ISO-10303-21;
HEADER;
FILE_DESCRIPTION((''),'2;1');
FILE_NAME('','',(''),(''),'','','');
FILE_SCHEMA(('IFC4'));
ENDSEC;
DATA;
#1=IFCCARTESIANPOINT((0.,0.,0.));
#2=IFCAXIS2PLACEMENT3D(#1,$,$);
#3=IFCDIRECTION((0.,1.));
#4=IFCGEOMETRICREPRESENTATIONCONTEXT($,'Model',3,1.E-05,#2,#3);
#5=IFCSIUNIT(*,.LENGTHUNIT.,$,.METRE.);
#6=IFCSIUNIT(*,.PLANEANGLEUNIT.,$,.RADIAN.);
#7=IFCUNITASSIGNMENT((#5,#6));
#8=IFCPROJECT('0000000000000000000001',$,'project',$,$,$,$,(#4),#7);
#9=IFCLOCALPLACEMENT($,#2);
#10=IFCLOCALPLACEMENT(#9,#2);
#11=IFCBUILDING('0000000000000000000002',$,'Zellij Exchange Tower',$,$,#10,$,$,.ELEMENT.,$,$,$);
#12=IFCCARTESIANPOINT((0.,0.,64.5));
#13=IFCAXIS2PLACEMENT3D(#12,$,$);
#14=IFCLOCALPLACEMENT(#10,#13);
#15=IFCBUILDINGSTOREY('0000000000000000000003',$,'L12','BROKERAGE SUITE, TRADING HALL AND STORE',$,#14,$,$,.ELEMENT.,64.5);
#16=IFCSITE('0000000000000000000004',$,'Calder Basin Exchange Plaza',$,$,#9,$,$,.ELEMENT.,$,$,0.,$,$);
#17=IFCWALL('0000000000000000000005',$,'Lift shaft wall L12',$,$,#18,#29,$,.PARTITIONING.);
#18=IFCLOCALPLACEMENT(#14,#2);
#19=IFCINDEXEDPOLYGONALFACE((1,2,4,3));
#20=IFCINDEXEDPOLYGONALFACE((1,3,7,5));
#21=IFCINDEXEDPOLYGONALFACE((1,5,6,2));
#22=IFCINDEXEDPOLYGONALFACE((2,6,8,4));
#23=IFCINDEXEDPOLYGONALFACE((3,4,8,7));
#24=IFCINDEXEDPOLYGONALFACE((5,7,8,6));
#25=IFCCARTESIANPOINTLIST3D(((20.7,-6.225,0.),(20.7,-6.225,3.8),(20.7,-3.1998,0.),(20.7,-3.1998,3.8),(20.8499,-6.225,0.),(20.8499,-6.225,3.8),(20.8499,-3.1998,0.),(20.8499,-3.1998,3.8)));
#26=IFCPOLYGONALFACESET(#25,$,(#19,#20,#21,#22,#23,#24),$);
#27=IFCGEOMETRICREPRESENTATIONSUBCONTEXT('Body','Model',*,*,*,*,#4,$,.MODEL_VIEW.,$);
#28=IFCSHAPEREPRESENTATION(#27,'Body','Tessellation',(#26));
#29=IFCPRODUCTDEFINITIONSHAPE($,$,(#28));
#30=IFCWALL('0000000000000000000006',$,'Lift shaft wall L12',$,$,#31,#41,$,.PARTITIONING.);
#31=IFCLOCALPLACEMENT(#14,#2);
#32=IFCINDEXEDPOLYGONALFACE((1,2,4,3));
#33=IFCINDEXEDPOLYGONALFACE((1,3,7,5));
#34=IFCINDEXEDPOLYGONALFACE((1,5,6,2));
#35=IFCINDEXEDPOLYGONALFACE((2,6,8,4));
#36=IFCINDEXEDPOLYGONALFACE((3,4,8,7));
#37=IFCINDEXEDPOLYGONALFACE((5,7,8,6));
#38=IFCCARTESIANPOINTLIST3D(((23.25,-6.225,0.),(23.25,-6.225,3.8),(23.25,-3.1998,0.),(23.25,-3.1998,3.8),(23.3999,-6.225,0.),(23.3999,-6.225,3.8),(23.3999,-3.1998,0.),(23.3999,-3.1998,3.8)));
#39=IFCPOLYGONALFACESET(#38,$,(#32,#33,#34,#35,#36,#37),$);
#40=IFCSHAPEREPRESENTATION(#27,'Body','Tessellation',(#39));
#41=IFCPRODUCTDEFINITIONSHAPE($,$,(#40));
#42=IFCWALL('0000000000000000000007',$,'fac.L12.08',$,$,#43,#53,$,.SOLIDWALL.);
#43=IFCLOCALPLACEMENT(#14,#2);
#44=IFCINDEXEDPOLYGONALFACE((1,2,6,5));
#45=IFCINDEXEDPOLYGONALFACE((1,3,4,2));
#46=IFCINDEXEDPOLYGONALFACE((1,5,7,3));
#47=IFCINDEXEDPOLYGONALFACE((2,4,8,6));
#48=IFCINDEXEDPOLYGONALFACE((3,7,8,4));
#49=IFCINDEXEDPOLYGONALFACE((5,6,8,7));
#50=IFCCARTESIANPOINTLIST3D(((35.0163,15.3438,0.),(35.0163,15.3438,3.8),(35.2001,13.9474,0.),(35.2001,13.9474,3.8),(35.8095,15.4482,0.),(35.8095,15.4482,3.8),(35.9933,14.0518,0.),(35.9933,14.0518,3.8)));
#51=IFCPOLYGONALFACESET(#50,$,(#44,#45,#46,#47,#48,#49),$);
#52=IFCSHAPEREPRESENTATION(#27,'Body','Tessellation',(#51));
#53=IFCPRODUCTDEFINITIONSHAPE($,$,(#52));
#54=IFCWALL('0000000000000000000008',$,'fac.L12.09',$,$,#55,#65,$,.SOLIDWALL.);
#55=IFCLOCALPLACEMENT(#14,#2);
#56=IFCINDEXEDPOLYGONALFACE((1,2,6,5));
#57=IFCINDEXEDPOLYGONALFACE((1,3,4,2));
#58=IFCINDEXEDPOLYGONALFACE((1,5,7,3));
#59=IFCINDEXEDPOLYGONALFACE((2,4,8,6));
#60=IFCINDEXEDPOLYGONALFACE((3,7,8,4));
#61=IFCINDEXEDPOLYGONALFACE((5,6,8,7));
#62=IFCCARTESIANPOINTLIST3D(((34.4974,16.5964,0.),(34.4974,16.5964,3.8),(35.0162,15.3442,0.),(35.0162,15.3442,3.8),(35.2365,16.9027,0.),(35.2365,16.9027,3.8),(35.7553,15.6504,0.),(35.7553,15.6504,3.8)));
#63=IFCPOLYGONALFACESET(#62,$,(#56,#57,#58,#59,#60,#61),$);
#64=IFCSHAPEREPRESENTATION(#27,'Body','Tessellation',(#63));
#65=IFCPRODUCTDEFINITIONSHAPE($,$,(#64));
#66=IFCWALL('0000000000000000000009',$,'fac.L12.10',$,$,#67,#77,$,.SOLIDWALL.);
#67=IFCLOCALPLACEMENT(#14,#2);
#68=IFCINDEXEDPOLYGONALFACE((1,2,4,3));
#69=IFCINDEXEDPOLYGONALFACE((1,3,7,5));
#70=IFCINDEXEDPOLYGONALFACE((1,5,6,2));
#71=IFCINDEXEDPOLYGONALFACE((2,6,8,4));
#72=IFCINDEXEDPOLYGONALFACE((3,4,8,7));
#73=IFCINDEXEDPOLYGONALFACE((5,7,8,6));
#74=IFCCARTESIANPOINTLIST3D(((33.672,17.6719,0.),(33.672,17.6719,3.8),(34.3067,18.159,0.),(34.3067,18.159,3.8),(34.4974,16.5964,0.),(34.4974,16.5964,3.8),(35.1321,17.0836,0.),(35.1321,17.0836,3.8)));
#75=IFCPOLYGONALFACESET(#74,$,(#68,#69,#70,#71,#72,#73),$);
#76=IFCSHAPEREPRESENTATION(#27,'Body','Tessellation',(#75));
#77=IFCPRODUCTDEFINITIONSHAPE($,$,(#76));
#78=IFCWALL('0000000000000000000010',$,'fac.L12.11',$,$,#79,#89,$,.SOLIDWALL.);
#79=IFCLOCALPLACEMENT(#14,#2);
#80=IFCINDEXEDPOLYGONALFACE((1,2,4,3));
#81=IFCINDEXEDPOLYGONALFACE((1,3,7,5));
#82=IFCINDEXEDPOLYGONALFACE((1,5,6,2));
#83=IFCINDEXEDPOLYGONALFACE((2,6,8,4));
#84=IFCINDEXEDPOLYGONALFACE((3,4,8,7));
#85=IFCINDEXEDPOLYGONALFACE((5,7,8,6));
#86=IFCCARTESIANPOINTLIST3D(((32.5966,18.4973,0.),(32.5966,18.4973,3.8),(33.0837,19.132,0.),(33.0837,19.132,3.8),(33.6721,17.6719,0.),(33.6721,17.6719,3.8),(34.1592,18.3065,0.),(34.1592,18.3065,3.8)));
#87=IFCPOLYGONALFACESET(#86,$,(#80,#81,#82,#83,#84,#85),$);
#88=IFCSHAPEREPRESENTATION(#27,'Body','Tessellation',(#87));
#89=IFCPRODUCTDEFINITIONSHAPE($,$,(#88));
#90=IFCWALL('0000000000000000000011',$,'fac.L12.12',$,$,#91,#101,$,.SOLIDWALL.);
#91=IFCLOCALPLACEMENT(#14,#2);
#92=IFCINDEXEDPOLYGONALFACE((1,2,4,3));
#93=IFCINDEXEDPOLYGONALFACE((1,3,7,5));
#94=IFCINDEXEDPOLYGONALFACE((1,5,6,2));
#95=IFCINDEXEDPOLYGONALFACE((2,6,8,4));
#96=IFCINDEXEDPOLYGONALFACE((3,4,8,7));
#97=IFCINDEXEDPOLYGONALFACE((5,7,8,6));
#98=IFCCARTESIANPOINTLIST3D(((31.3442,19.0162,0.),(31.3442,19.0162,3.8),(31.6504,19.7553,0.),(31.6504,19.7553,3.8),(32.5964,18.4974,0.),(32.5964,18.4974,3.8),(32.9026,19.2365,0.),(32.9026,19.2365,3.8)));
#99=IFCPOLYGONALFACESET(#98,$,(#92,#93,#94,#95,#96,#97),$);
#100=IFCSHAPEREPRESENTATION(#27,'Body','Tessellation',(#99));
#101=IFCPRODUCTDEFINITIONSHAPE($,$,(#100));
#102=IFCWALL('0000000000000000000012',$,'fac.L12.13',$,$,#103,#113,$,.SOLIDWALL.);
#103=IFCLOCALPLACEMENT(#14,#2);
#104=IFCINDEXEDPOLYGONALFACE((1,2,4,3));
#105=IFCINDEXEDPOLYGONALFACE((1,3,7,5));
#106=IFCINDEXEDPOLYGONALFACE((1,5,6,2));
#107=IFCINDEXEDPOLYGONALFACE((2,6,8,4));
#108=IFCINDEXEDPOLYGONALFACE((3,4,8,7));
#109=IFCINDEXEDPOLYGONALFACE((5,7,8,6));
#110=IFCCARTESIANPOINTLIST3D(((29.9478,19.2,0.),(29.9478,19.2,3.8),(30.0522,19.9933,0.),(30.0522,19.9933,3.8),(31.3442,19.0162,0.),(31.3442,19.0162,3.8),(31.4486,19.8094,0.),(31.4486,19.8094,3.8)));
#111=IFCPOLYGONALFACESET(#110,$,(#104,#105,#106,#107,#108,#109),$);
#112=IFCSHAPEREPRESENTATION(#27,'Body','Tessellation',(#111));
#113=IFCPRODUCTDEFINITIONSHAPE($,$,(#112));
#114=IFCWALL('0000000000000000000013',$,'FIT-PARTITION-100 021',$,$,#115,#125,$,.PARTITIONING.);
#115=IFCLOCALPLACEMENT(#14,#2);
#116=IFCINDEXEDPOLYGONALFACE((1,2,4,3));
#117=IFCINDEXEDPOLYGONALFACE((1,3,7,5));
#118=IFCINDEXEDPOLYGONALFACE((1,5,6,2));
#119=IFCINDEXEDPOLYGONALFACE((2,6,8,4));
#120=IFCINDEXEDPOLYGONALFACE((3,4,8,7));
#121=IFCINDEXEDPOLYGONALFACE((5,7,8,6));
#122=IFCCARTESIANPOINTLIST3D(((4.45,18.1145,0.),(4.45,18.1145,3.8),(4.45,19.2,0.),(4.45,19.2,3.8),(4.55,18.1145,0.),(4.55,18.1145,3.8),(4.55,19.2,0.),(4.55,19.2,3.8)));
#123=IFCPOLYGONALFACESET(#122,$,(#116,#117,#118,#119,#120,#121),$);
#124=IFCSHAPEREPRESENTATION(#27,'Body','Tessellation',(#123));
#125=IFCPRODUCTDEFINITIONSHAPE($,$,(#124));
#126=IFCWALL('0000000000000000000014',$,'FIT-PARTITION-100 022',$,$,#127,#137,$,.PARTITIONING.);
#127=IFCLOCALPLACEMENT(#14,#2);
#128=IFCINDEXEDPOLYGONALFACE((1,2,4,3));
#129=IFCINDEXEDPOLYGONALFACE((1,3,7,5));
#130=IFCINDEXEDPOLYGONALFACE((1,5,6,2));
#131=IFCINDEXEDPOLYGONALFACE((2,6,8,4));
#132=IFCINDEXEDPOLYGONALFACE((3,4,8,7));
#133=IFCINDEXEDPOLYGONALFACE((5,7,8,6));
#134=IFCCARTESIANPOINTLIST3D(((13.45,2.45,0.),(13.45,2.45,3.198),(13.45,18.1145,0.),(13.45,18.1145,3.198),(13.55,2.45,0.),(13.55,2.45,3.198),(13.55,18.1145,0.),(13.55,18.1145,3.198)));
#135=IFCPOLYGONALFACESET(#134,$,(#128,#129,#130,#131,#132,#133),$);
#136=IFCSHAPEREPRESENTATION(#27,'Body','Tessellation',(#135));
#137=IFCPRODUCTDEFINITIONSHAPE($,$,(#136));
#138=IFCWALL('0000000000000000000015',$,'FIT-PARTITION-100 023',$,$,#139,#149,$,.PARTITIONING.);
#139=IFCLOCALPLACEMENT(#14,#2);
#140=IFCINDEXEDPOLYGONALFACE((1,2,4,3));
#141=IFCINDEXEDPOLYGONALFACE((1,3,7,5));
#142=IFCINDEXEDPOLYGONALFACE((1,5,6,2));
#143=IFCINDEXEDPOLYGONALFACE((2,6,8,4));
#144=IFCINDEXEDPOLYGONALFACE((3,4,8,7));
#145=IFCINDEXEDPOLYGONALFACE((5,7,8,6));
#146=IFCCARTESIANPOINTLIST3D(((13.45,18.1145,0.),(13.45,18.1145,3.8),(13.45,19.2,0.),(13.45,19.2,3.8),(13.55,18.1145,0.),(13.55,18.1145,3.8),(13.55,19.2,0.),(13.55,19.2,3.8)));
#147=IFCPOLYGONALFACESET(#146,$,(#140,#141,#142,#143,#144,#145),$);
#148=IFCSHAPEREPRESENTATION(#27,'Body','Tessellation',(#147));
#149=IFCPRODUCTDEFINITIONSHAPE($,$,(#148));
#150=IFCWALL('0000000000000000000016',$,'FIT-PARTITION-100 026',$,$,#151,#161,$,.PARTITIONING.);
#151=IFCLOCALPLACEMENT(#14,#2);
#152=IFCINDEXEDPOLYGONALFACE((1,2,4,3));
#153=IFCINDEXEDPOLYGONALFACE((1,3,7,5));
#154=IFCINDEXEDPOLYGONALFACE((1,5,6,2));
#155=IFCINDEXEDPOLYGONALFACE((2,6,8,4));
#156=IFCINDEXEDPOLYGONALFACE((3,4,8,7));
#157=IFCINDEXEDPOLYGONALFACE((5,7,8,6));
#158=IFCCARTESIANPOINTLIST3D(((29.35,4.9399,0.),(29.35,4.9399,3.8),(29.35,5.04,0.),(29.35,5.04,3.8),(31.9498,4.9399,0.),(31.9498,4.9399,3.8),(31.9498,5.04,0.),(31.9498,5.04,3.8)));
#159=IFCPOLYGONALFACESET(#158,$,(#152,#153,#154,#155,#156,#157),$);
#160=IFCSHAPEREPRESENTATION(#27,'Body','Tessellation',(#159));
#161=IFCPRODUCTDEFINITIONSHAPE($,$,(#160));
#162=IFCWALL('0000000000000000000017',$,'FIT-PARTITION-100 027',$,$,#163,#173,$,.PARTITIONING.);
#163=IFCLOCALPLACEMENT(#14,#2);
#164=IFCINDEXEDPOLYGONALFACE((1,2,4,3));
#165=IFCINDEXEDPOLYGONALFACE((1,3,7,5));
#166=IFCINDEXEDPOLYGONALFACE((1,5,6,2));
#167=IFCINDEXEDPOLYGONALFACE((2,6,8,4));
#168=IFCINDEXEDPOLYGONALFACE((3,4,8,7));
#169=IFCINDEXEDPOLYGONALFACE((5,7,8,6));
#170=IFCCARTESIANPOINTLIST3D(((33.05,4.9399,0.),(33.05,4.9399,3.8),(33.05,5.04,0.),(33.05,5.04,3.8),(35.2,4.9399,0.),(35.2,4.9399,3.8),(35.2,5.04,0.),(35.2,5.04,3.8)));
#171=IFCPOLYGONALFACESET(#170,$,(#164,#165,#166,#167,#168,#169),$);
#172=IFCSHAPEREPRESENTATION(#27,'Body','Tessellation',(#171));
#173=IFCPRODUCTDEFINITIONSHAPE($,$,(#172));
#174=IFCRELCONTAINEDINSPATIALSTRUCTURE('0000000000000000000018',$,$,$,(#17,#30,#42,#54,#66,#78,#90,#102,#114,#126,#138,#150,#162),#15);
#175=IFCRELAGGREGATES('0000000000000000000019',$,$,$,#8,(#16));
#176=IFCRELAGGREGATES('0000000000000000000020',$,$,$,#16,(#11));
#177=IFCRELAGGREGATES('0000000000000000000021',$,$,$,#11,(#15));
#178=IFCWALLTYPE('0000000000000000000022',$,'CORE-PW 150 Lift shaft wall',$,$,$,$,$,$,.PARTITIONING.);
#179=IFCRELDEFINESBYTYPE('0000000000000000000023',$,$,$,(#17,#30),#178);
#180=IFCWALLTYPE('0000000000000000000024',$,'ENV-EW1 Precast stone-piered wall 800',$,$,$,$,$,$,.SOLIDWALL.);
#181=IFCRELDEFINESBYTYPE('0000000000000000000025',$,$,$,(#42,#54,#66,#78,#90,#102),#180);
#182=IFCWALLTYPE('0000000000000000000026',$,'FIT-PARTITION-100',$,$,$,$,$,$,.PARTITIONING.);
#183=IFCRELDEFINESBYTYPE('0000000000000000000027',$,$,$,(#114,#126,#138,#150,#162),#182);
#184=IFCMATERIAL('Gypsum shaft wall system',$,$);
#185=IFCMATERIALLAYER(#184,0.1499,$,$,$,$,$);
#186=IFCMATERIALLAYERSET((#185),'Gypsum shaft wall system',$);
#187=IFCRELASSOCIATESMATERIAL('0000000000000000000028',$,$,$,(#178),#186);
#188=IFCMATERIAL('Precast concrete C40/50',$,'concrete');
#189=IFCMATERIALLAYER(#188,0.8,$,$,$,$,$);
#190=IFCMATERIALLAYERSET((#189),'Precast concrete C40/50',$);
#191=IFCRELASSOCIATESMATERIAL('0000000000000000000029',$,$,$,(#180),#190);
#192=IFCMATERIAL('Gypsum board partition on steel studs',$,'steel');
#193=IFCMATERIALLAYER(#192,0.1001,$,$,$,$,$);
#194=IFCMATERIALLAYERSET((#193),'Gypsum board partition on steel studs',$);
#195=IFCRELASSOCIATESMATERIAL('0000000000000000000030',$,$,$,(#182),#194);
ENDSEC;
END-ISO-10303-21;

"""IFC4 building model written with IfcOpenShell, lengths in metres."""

from ifc_helpers import new_model, si_unit, direction, frame, frame_2d, origin, place, context, subcontext, project, spatial, rectangle, extrude, material, layer, layer_set, type_object, element, save


model = new_model("IFC4")

# Units and contexts
model_context = context("Model", 3, precision=1e-05, world=origin(), true_north=direction((0.0, 1.0)))
body_context = subcontext(model_context, "Body", "Model", "MODEL_VIEW")
ifc_project = project(units=[si_unit("LENGTHUNIT", "METRE"), si_unit("PLANEANGLEUNIT", "RADIAN")], contexts=[model_context])

# Site, building, storey
site_placement = place(None, origin())
site = spatial("IfcSite", under=ifc_project, at=site_placement, Name="Calder Basin Exchange Plaza", CompositionType="ELEMENT", RefElevation=0.0)
building_placement = place(site_placement, origin())
building = spatial("IfcBuilding", under=site, at=building_placement, Name="Zellij Exchange Tower", CompositionType="ELEMENT")
storey_placement = place(building_placement, frame((0.0, 0.0, 64.5)))
storey = spatial("IfcBuildingStorey", under=building, at=storey_placement, Name="L12", Description="BROKERAGE SUITE, TRADING HALL AND STORE", CompositionType="ELEMENT", Elevation=64.5)

# Walls
ifc_material_1 = material(Name="Gypsum shaft wall system")
ifc_layer_1 = layer(ifc_material_1, 0.1499)
ifc_layer_set_1 = layer_set([ifc_layer_1], Name="Gypsum shaft wall system")
wall_type_1 = type_object("IfcWallType", Name="CORE-PW 150 Lift shaft wall", PredefinedType="PARTITIONING", material=ifc_layer_set_1)
for number, where, z_axis, x_axis, name in (
    (1, (20.7749, -6.2251, 0.0), (0.0, 0.0, 1.0), (0.0, 1.0, 0.0), "Lift shaft wall L12"),
    (2, (23.325, -6.2251, 0.0), (0.0, 0.0, 1.0), (0.0, 1.0, 0.0), "Lift shaft wall L12"),
):
    element("IfcWall", number, at=place(storey_placement, frame(where, z_axis=z_axis, x_axis=x_axis)), inside=storey, type_object=wall_type_1, Name=name, PredefinedType="PARTITIONING", context=body_context, shape_type="SweptSolid", body=[
        extrude(rectangle(XDim=3.0251, YDim=0.1499, at=frame_2d((1.5127, 0.0))), origin(), (0.0, 0.0, 1.0), 3.8),
    ])
ifc_material_2 = material(Name="Precast concrete C40/50", Category="concrete")
ifc_layer_2 = layer(ifc_material_2, 0.8)
ifc_layer_set_2 = layer_set([ifc_layer_2], Name="Precast concrete C40/50")
wall_type_2 = type_object("IfcWallType", Name="ENV-EW1 Precast stone-piered wall 800", PredefinedType="SOLIDWALL", material=ifc_layer_set_2)
wall_1_placement = place(storey_placement, frame((35.5967, 13.9998, 0.0), z_axis=(0.0, 0.0, 1.0), x_axis=(-0.130517, 0.991446, 0.0)))
element("IfcWall", 3, at=wall_1_placement, inside=storey, type_object=wall_type_2, Name="fac.L12.08", PredefinedType="SOLIDWALL", context=body_context, shape_type="SweptSolid", body=[
    extrude(rectangle(XDim=1.4084, YDim=0.8, at=frame_2d((0.7041, 0.0))), origin(), (0.0, 0.0, 1.0), 3.8),
])
wall_2_placement = place(storey_placement, frame((35.3857, 15.4973, 0.0), z_axis=(0.0, 0.0, 1.0), x_axis=(-0.38276, 0.923848, 0.0)))
element("IfcWall", 4, at=wall_2_placement, inside=storey, type_object=wall_type_2, Name="fac.L12.09", PredefinedType="SOLIDWALL", context=body_context, shape_type="SweptSolid", body=[
    extrude(rectangle(XDim=1.3555, YDim=0.8, at=frame_2d((0.6777, 0.0))), origin(), (0.0, 0.0, 1.0), 3.8),
])
for number, where, z_axis, x_axis, name in (
    (5, (34.8147, 16.8401, 0.0), (0.0, 0.0, 1.0), (-0.608866, 0.793273, 0.0), "fac.L12.10"),
    (6, (33.9155, 17.9893, 0.0), (0.0, 0.0, 1.0), (-0.793273, 0.608866, 0.0), "fac.L12.11"),
):
    element("IfcWall", number, at=place(storey_placement, frame(where, z_axis=z_axis, x_axis=x_axis)), inside=storey, type_object=wall_type_2, Name=name, PredefinedType="SOLIDWALL", context=body_context, shape_type="SweptSolid", body=[
        extrude(rectangle(XDim=1.3557, YDim=0.8, at=frame_2d((0.6777, 0.0))), origin(), (0.0, 0.0, 1.0), 3.8),
    ])
wall_3_placement = place(storey_placement, frame((32.7495, 18.8669, 0.0), z_axis=(0.0, 0.0, 1.0), x_axis=(-0.923848, 0.38276, 0.0)))
element("IfcWall", 7, at=wall_3_placement, inside=storey, type_object=wall_type_2, Name="fac.L12.12", PredefinedType="SOLIDWALL", context=body_context, shape_type="SweptSolid", body=[
    extrude(rectangle(XDim=1.3555, YDim=0.8, at=frame_2d((0.6777, 0.0))), origin(), (0.0, 0.0, 1.0), 3.8),
])
wall_4_placement = place(storey_placement, frame((31.3962, 19.4128, 0.0), z_axis=(0.0, 0.0, 1.0), x_axis=(-0.991446, 0.130517, 0.0)))
element("IfcWall", 8, at=wall_4_placement, inside=storey, type_object=wall_type_2, Name="fac.L12.13", PredefinedType="SOLIDWALL", context=body_context, shape_type="SweptSolid", body=[
    extrude(rectangle(XDim=1.4084, YDim=0.8, at=frame_2d((0.7041, 0.0))), origin(), (0.0, 0.0, 1.0), 3.8),
])
ifc_material_3 = material(Name="Gypsum board partition on steel studs", Category="steel")
ifc_layer_3 = layer(ifc_material_3, 0.1001)
ifc_layer_set_3 = layer_set([ifc_layer_3], Name="Gypsum board partition on steel studs")
wall_type_3 = type_object("IfcWallType", Name="FIT-PARTITION-100", PredefinedType="PARTITIONING", material=ifc_layer_set_3)
wall_5_placement = place(storey_placement, frame((4.5, 18.1145, 0.0), z_axis=(0.0, 0.0, 1.0), x_axis=(0.0, 1.0, 0.0)))
element("IfcWall", 9, at=wall_5_placement, inside=storey, type_object=wall_type_3, Name="FIT-PARTITION-100 021", PredefinedType="PARTITIONING", context=body_context, shape_type="SweptSolid", body=[
    extrude(rectangle(XDim=1.0854, YDim=0.1001, at=frame_2d((0.5427, 0.0))), origin(), (0.0, 0.0, 1.0), 3.8),
])
wall_6_placement = place(storey_placement, frame((13.5, 2.45, 0.0), z_axis=(0.0, 0.0, 1.0), x_axis=(0.0, 1.0, 0.0)))
element("IfcWall", 10, at=wall_6_placement, inside=storey, type_object=wall_type_3, Name="FIT-PARTITION-100 022", PredefinedType="PARTITIONING", context=body_context, shape_type="SweptSolid", body=[
    extrude(rectangle(XDim=15.6646, YDim=0.1001, at=frame_2d((7.8323, 0.0))), origin(), (0.0, 0.0, 1.0), 3.198),
])
wall_7_placement = place(storey_placement, frame((13.5, 18.1145, 0.0), z_axis=(0.0, 0.0, 1.0), x_axis=(0.0, 1.0, 0.0)))
element("IfcWall", 11, at=wall_7_placement, inside=storey, type_object=wall_type_3, Name="FIT-PARTITION-100 023", PredefinedType="PARTITIONING", context=body_context, shape_type="SweptSolid", body=[
    extrude(rectangle(XDim=1.0854, YDim=0.1001, at=frame_2d((0.5427, 0.0))), origin(), (0.0, 0.0, 1.0), 3.8),
])
wall_8_placement = place(storey_placement, frame((29.3501, 4.99, 0.0), z_axis=(0.0, 0.0, 1.0), x_axis=(1.0, 0.0, 0.0)))
element("IfcWall", 12, at=wall_8_placement, inside=storey, type_object=wall_type_3, Name="FIT-PARTITION-100 026", PredefinedType="PARTITIONING", context=body_context, shape_type="SweptSolid", body=[
    extrude(rectangle(XDim=2.5999, YDim=0.1001, at=frame_2d((1.2998, 0.0))), origin(), (0.0, 0.0, 1.0), 3.8),
])
wall_9_placement = place(storey_placement, frame((33.05, 4.99, 0.0), z_axis=(0.0, 0.0, 1.0), x_axis=(1.0, 0.0, 0.0)))
element("IfcWall", 13, at=wall_9_placement, inside=storey, type_object=wall_type_3, Name="FIT-PARTITION-100 027", PredefinedType="PARTITIONING", context=body_context, shape_type="SweptSolid", body=[
    extrude(rectangle(XDim=2.1499, YDim=0.1001, at=frame_2d((1.075, 0.0))), origin(), (0.0, 0.0, 1.0), 3.8),
])

save(model, "model.ifc")
